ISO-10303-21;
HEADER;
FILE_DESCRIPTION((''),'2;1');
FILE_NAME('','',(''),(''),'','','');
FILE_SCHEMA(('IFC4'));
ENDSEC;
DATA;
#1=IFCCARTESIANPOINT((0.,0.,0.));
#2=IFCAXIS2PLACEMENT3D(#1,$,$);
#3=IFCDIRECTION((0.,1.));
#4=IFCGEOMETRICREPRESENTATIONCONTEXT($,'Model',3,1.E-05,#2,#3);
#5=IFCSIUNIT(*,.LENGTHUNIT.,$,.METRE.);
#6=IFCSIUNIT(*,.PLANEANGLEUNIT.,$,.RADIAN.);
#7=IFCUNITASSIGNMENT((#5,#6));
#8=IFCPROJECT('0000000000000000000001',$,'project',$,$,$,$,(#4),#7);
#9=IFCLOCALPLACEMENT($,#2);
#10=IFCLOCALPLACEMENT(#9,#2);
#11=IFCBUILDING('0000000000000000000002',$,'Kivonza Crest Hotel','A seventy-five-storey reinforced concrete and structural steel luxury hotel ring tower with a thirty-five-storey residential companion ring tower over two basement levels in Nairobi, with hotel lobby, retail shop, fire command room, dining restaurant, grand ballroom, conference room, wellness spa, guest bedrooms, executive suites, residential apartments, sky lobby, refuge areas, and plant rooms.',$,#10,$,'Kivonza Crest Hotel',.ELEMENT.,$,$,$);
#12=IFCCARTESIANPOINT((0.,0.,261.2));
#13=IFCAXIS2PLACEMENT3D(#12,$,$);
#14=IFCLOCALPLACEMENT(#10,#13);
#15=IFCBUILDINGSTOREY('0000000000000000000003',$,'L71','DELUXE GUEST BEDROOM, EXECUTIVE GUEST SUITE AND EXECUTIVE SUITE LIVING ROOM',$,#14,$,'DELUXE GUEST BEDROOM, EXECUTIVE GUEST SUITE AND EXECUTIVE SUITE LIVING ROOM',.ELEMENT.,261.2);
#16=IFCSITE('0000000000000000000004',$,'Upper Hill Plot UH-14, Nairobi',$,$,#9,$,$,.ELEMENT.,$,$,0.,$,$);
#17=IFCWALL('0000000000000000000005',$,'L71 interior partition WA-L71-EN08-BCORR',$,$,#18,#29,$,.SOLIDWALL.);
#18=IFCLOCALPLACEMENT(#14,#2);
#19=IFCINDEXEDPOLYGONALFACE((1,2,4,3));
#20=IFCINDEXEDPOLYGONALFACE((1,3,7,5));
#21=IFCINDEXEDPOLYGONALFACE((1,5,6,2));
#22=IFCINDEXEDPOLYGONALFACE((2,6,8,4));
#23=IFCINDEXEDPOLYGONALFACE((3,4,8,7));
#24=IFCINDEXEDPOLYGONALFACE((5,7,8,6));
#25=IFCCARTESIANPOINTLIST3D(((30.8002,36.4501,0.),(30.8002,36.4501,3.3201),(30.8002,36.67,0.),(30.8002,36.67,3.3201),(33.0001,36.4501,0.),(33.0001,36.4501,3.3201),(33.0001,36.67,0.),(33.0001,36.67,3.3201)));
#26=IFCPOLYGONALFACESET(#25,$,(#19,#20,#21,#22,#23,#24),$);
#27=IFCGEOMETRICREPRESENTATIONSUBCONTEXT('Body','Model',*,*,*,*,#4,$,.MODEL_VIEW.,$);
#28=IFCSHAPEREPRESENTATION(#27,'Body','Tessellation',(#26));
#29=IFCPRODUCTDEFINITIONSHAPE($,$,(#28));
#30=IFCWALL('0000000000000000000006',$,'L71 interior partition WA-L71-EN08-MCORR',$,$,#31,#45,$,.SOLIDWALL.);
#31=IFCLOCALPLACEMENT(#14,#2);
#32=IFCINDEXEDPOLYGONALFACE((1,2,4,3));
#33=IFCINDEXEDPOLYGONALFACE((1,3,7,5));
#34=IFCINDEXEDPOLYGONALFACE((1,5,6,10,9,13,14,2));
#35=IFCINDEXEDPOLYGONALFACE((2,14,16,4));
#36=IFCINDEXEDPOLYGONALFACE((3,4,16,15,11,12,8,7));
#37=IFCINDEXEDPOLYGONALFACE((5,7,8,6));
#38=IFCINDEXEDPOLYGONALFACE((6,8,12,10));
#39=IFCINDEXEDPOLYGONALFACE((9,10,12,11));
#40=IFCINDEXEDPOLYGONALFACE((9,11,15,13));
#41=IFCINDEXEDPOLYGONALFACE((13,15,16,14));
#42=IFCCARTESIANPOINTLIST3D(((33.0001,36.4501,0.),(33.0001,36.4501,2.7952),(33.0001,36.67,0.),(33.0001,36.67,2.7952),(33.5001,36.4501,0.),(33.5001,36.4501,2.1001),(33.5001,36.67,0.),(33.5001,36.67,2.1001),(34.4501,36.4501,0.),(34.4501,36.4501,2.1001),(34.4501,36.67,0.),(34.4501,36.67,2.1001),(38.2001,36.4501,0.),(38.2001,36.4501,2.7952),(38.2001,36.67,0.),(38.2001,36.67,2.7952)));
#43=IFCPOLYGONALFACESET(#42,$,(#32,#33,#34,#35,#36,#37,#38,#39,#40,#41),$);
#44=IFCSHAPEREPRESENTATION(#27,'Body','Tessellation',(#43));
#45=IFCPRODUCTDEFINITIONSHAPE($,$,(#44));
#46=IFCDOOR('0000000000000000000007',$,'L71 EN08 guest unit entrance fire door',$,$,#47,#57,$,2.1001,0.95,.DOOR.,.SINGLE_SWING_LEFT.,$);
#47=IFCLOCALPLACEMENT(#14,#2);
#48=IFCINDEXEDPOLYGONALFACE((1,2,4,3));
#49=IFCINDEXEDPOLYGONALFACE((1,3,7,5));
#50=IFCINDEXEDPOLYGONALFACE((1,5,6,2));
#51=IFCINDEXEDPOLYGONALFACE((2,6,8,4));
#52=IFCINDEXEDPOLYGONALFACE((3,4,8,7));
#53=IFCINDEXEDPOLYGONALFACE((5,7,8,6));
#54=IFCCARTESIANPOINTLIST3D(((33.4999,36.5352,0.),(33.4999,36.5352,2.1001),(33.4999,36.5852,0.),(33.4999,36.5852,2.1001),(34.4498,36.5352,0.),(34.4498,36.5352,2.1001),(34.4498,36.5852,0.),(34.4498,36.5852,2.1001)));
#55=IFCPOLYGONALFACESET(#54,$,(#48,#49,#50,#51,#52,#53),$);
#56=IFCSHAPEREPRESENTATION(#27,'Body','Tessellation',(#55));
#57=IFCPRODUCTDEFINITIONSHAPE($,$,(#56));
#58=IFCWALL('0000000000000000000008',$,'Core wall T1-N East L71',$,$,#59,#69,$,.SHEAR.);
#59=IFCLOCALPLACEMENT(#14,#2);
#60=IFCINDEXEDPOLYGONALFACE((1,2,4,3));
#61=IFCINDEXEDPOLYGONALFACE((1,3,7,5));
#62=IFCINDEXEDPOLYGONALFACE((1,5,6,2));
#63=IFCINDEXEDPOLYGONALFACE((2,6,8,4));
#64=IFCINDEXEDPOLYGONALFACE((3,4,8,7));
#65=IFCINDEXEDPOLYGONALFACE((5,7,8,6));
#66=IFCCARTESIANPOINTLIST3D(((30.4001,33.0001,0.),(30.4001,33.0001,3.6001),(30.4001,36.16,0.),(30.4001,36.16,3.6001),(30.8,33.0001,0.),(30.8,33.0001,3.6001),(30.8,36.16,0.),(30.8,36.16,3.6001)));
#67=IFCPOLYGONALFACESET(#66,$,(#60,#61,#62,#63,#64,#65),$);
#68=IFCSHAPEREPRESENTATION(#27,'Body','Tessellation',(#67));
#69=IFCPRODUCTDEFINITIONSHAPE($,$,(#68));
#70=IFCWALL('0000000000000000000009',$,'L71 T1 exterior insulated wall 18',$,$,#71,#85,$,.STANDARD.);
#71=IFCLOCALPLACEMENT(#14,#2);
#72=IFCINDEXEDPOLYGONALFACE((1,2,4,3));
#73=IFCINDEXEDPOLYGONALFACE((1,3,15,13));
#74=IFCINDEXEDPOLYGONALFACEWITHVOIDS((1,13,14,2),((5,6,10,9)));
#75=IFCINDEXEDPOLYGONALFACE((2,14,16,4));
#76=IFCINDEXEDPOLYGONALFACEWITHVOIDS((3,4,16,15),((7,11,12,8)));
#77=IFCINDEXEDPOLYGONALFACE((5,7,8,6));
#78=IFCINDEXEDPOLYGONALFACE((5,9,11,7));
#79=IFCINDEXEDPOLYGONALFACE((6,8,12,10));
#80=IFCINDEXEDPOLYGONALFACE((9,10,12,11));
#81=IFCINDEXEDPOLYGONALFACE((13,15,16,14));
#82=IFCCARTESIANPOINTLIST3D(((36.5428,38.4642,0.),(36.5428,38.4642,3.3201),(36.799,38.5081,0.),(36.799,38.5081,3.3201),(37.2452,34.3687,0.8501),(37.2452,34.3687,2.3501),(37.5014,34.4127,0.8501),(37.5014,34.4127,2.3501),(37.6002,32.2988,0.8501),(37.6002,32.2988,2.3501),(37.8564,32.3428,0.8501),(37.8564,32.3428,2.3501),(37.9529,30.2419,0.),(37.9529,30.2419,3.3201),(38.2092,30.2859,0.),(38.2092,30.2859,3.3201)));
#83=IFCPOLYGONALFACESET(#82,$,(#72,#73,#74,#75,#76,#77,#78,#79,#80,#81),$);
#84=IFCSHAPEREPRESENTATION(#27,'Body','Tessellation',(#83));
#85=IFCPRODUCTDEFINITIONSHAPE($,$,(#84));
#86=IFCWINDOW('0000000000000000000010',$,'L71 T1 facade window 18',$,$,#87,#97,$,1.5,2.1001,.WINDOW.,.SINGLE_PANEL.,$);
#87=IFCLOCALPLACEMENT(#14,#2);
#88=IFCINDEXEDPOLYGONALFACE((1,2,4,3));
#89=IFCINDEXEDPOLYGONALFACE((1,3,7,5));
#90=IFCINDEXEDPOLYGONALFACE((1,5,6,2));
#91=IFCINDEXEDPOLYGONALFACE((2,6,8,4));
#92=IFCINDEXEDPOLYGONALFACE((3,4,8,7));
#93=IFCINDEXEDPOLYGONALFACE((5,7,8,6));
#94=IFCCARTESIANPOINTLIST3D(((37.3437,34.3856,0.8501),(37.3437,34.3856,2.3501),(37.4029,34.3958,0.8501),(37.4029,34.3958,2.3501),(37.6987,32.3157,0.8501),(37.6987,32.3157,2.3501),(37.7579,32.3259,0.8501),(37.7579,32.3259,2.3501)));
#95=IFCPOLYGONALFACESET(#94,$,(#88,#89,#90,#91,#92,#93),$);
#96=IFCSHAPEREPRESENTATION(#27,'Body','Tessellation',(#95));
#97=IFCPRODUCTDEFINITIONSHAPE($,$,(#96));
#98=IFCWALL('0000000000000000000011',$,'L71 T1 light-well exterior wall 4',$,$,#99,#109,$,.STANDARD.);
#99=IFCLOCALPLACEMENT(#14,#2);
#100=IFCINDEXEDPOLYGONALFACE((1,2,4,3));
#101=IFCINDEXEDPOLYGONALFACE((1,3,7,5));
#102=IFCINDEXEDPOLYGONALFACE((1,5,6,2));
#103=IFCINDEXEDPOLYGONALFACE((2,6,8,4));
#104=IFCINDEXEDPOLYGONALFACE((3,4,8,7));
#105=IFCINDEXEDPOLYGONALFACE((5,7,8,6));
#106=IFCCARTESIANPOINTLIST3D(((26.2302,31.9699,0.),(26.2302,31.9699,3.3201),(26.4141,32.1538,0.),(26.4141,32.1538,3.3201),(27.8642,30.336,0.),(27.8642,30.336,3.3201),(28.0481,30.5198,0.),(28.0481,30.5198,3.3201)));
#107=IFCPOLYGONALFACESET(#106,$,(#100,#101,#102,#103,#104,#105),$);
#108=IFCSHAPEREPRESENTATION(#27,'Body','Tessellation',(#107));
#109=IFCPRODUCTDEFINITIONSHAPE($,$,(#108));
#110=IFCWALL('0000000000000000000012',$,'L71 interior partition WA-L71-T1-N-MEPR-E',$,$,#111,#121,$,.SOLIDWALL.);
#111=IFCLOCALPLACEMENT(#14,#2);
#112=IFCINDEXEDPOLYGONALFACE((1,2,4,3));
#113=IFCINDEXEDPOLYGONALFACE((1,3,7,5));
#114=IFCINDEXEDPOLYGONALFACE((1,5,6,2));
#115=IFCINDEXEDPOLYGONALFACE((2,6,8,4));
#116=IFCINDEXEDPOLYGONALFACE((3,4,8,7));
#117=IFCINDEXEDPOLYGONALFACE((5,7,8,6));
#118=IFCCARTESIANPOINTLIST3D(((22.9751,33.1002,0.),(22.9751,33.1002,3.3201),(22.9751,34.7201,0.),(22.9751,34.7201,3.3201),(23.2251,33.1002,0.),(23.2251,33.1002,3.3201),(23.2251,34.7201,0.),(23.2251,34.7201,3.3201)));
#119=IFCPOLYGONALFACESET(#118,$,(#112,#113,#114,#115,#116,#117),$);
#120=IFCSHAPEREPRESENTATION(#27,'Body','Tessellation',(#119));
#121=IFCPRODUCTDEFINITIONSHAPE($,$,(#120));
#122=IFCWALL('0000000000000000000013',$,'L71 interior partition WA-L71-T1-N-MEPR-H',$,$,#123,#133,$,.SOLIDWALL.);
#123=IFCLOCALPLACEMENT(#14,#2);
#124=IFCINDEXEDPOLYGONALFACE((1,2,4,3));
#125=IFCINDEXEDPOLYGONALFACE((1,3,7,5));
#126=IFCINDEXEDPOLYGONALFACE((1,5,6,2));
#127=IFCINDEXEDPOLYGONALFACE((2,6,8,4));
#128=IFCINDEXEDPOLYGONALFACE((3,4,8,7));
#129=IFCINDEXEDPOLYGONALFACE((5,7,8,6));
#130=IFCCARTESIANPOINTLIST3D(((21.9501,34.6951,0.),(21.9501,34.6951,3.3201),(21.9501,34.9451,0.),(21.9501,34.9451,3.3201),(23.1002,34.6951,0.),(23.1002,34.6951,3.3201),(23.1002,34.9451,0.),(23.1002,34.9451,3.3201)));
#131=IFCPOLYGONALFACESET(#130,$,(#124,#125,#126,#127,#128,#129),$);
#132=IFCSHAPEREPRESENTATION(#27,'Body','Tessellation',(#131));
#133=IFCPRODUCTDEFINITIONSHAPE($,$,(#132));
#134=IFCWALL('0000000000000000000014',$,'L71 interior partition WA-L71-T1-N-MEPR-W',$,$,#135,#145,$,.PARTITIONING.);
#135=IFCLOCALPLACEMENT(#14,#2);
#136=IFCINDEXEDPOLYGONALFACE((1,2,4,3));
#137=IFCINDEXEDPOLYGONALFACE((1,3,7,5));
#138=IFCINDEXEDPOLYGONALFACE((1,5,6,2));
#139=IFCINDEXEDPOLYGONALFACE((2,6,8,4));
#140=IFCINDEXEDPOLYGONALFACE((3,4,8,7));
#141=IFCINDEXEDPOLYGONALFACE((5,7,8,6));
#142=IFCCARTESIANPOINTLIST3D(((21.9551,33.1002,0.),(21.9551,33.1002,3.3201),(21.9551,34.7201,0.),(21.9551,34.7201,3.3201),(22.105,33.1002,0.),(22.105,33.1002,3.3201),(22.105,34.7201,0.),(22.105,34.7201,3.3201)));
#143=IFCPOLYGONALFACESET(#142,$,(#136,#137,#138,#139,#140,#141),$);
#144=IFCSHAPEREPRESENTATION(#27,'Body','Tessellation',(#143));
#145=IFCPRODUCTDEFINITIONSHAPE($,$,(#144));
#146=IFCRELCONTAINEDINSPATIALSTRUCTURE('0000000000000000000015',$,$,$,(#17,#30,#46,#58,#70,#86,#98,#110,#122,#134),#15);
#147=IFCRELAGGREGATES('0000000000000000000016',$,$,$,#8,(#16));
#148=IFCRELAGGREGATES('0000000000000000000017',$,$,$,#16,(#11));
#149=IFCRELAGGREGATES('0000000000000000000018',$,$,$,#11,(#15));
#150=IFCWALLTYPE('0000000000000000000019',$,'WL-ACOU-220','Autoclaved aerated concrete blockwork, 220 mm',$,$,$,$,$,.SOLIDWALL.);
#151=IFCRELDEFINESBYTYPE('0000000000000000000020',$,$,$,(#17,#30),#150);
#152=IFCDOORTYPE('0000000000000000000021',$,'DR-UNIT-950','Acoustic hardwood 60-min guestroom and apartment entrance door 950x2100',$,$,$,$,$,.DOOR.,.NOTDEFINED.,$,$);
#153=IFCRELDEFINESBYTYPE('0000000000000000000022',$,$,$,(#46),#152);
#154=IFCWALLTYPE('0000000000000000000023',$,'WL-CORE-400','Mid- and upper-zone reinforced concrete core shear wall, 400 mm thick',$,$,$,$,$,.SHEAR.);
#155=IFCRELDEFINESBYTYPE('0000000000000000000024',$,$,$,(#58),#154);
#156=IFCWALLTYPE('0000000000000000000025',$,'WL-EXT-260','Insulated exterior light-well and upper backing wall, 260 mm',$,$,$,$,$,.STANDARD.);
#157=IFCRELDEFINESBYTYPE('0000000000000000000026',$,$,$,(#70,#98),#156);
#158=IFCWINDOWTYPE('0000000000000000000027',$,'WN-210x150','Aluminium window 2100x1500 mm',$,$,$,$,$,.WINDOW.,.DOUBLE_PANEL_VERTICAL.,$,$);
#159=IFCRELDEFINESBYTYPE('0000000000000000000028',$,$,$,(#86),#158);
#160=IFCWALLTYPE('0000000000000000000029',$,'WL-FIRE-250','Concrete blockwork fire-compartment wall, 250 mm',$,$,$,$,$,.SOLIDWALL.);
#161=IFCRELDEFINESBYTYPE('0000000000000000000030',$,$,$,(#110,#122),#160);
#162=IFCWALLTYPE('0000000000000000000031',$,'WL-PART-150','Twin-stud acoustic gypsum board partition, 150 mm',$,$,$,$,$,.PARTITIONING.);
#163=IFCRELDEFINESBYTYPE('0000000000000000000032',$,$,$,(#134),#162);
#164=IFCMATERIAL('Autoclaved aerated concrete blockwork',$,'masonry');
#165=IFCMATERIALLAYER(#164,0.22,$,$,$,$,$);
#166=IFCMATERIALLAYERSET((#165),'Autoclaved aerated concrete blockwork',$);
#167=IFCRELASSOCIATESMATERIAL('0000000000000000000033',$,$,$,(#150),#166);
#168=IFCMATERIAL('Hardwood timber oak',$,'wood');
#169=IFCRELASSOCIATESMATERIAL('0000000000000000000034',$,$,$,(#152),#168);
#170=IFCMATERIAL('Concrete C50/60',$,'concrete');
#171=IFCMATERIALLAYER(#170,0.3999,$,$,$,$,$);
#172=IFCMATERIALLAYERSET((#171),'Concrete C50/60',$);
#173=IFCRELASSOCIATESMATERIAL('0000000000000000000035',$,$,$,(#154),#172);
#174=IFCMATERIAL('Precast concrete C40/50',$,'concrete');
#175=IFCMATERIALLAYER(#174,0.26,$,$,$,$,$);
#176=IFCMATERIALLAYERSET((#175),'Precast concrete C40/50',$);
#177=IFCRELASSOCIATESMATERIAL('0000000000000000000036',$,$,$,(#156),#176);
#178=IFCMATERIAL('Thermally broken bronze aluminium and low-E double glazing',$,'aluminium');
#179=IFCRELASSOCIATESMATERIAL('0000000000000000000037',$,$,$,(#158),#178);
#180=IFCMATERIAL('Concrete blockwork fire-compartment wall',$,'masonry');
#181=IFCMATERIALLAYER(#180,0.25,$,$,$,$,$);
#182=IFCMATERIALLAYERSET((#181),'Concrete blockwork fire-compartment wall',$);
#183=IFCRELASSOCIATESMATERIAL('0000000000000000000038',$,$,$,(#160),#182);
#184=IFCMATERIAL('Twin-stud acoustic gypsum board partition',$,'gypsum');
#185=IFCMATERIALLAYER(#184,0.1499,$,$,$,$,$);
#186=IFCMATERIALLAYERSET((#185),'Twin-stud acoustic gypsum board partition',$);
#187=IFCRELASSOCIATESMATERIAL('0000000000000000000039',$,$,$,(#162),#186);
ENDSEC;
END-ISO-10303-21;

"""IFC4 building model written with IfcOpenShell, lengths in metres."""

from ifc_helpers import new_model, si_unit, direction, frame, frame_2d, origin, place, context, subcontext, project, spatial, rectangle, extrude, material, layer, layer_set, type_object, element, fill, save


model = new_model("IFC4")

# Units and contexts
model_context = context("Model", 3, precision=1e-05, world=origin(), true_north=direction((0.0, 1.0)))
body_context = subcontext(model_context, "Body", "Model", "MODEL_VIEW")
ifc_project = project(units=[si_unit("LENGTHUNIT", "METRE"), si_unit("PLANEANGLEUNIT", "RADIAN")], contexts=[model_context])

# Site, building, storey
site_placement = place(None, origin())
site = spatial("IfcSite", under=ifc_project, at=site_placement, Name="Upper Hill Plot UH-14, Nairobi", CompositionType="ELEMENT", RefElevation=0.0)
building_placement = place(site_placement, origin())
building = spatial("IfcBuilding", under=site, at=building_placement, Name="Kivonza Crest Hotel", Description="A seventy-five-storey reinforced concrete and structural steel luxury hotel ring tower with a thirty-five-storey residential companion ring tower over two basement levels in Nairobi, with hotel lobby, retail shop, fire command room, dining restaurant, grand ballroom, conference room, wellness spa, guest bedrooms, executive suites, residential apartments, sky lobby, refuge areas, and plant rooms.", LongName="Kivonza Crest Hotel", CompositionType="ELEMENT")
storey_placement = place(building_placement, frame((0.0, 0.0, 261.2)))
storey = spatial("IfcBuildingStorey", under=building, at=storey_placement, Name="L71", Description="DELUXE GUEST BEDROOM, EXECUTIVE GUEST SUITE AND EXECUTIVE SUITE LIVING ROOM", LongName="DELUXE GUEST BEDROOM, EXECUTIVE GUEST SUITE AND EXECUTIVE SUITE LIVING ROOM", CompositionType="ELEMENT", Elevation=261.2)

# Shared definitions
ifc_material_1 = material(Name="Concrete C50/60", Category="concrete")

# Wall
ifc_material_2 = material(Name="Autoclaved aerated concrete blockwork", Category="masonry")
ifc_layer_1 = layer(ifc_material_2, 0.22)
ifc_layer_set_1 = layer_set([ifc_layer_1], Name="Autoclaved aerated concrete blockwork")
wall_type_1 = type_object("IfcWallType", Name="WL-ACOU-220", Description="Autoclaved aerated concrete blockwork, 220 mm", PredefinedType="SOLIDWALL", material=ifc_layer_set_1)
wall_1_placement = place(storey_placement, frame((30.8, 36.5601, 0.0), z_axis=(0.0, 0.0, 1.0), x_axis=(1.0, 0.0, 0.0)))
element("IfcWall", 1, at=wall_1_placement, inside=storey, type_object=wall_type_1, Name="L71 interior partition WA-L71-EN08-BCORR", PredefinedType="SOLIDWALL", context=body_context, shape_type="SweptSolid", body=[
    extrude(rectangle(XDim=2.2, YDim=0.22, at=frame_2d((1.1001, 0.0))), origin(), (0.0, 0.0, 1.0), 3.3201),
])

# Wall, opening, door
wall_2_placement = place(storey_placement, frame((33.0, 36.5601, 0.0), z_axis=(0.0, 0.0, 1.0), x_axis=(1.0, 0.0, 0.0)))
wall_2 = element("IfcWall", 2, at=wall_2_placement, inside=storey, type_object=wall_type_1, Name="L71 interior partition WA-L71-EN08-MCORR", PredefinedType="SOLIDWALL", context=body_context, shape_type="SweptSolid", body=[
    extrude(rectangle(XDim=5.2, YDim=0.22, at=frame_2d((2.6001, 0.0))), origin(), (0.0, 0.0, 1.0), 2.7952),
])
opening_1_placement = place(wall_2_placement, frame((0.5, 0.0, 0.0)))
opening_1 = element("IfcOpeningElement", 3, at=opening_1_placement, cuts=wall_2, PredefinedType="OPENING", context=body_context, shape_type="SweptSolid", body=[
    extrude(rectangle(XDim=0.95, YDim=2.1001, at=frame_2d((0.4751, 1.05))), frame((0.0, 0.1201, 0.0), z_axis=(0.0, -1.0, 0.0), x_axis=(1.0, 0.0, 0.0)), (0.0, 0.0, 1.0), 0.24),
])
ifc_material_3 = material(Name="Hardwood timber oak", Category="wood")
door_type_1 = type_object("IfcDoorType", Name="DR-UNIT-950", Description="Acoustic hardwood 60-min guestroom and apartment entrance door 950x2100", OperationType="NOTDEFINED", PredefinedType="DOOR", material=ifc_material_3)
door_1_placement = place(opening_1_placement, frame((0.95, 0.0, 0.0), z_axis=(0.0, 0.0, 1.0), x_axis=(-1.0, 0.0, 0.0)))
door_1 = element("IfcDoor", 4, at=door_1_placement, inside=storey, type_object=door_type_1, Name="L71 EN08 guest unit entrance fire door", OperationType="SINGLE_SWING_LEFT", OverallHeight=2.1001, OverallWidth=0.95, PredefinedType="DOOR", context=body_context, shape_type="SweptSolid", body=[
    extrude(rectangle(XDim=0.95, YDim=2.1001, at=frame_2d((0.4751, 1.05))), frame((0.0, 0.0249, 0.0), z_axis=(0.0, -1.0, 0.0), x_axis=(1.0, 0.0, 0.0)), (0.0, 0.0, 1.0), 0.05),
])
fill(opening_1, door_1)

# Wall
ifc_layer_2 = layer(ifc_material_1, 0.3999)
ifc_layer_set_2 = layer_set([ifc_layer_2], Name="Concrete C50/60")
wall_type_2 = type_object("IfcWallType", Name="WL-CORE-400", Description="Mid- and upper-zone reinforced concrete core shear wall, 400 mm thick", PredefinedType="SHEAR", material=ifc_layer_set_2)
wall_3_placement = place(storey_placement, frame((30.6001, 33.0, 0.0), z_axis=(0.0, 0.0, 1.0), x_axis=(0.0, 1.0, 0.0)))
element("IfcWall", 5, at=wall_3_placement, inside=storey, type_object=wall_type_2, Name="Core wall T1-N East L71", PredefinedType="SHEAR", context=body_context, shape_type="SweptSolid", body=[
    extrude(rectangle(XDim=3.1599, YDim=0.3999, at=frame_2d((1.5801, 0.0))), origin(), (0.0, 0.0, 1.0), 3.6001),
])

# Wall, opening, window
ifc_material_4 = material(Name="Precast concrete C40/50", Category="concrete")
ifc_layer_3 = layer(ifc_material_4, 0.26)
ifc_layer_set_3 = layer_set([ifc_layer_3], Name="Precast concrete C40/50")
wall_type_3 = type_object("IfcWallType", Name="WL-EXT-260", Description="Insulated exterior light-well and upper backing wall, 260 mm", PredefinedType="STANDARD", material=ifc_layer_set_3)
wall_4_placement = place(storey_placement, frame((38.0811, 30.2639, 0.0), z_axis=(0.0, 0.0, 1.0), x_axis=(-0.169039, 0.985609, 0.0)))
wall_4 = element("IfcWall", 6, at=wall_4_placement, inside=storey, type_object=wall_type_3, Name="L71 T1 exterior insulated wall 18", PredefinedType="STANDARD", context=body_context, shape_type="SweptSolid", body=[
    extrude(rectangle(XDim=8.3423, YDim=0.26, at=frame_2d((4.1711, 0.0))), origin(), (0.0, 0.0, 1.0), 3.3201),
])
opening_2_placement = place(wall_4_placement, frame((2.0869, 0.0, 0.8501)))
opening_2 = element("IfcOpeningElement", 7, at=opening_2_placement, cuts=wall_4, PredefinedType="OPENING", context=body_context, shape_type="SweptSolid", body=[
    extrude(rectangle(XDim=2.1001, YDim=1.5, at=frame_2d((1.05, 0.75))), frame((0.0, 0.1401, 0.0), z_axis=(0.0, -1.0, 0.0), x_axis=(1.0, 0.0, 0.0)), (0.0, 0.0, 1.0), 0.28),
])
ifc_material_5 = material(Name="Thermally broken bronze aluminium and low-E double glazing", Category="aluminium")
window_type = type_object("IfcWindowType", Name="WN-210x150", Description="Aluminium window 2100x1500 mm", PartitioningType="DOUBLE_PANEL_VERTICAL", PredefinedType="WINDOW", material=ifc_material_5)
window_placement = place(opening_2_placement, origin())
window = element("IfcWindow", 8, at=window_placement, inside=storey, type_object=window_type, Name="L71 T1 facade window 18", OverallHeight=1.5, OverallWidth=2.1001, PartitioningType="SINGLE_PANEL", PredefinedType="WINDOW", context=body_context, shape_type="SweptSolid", body=[
    extrude(rectangle(XDim=2.1001, YDim=1.5, at=frame_2d((1.05, 0.75))), frame((0.0, 0.03, 0.0), z_axis=(0.0, -1.0, 0.0), x_axis=(1.0, 0.0, 0.0)), (0.0, 0.0, 1.0), 0.0601),
])
fill(opening_2, window)

# Walls
wall_5_placement = place(storey_placement, frame((27.9561, 30.428, 0.0), z_axis=(0.0, 0.0, 1.0), x_axis=(-0.707107, 0.707107, 0.0)))
element("IfcWall", 9, at=wall_5_placement, inside=storey, type_object=wall_type_3, Name="L71 T1 light-well exterior wall 4", PredefinedType="STANDARD", context=body_context, shape_type="SweptSolid", body=[
    extrude(rectangle(XDim=2.3108, YDim=0.26, at=frame_2d((1.1553, 0.0))), origin(), (0.0, 0.0, 1.0), 3.3201),
])
ifc_material_6 = material(Name="Concrete blockwork fire-compartment wall", Category="masonry")
ifc_layer_4 = layer(ifc_material_6, 0.25)
ifc_layer_set_4 = layer_set([ifc_layer_4], Name="Concrete blockwork fire-compartment wall")
wall_type_4 = type_object("IfcWallType", Name="WL-FIRE-250", Description="Concrete blockwork fire-compartment wall, 250 mm", PredefinedType="SOLIDWALL", material=ifc_layer_set_4)
wall_6_placement = place(storey_placement, frame((23.1001, 33.1001, 0.0), z_axis=(0.0, 0.0, 1.0), x_axis=(0.0, 1.0, 0.0)))
element("IfcWall", 10, at=wall_6_placement, inside=storey, type_object=wall_type_4, Name="L71 interior partition WA-L71-T1-N-MEPR-E", PredefinedType="SOLIDWALL", context=body_context, shape_type="SweptSolid", body=[
    extrude(rectangle(XDim=1.6199, YDim=0.25, at=frame_2d((0.8101, 0.0))), origin(), (0.0, 0.0, 1.0), 3.3201),
])
wall_7_placement = place(storey_placement, frame((21.95, 34.8201, 0.0), z_axis=(0.0, 0.0, 1.0), x_axis=(1.0, 0.0, 0.0)))
element("IfcWall", 11, at=wall_7_placement, inside=storey, type_object=wall_type_4, Name="L71 interior partition WA-L71-T1-N-MEPR-H", PredefinedType="SOLIDWALL", context=body_context, shape_type="SweptSolid", body=[
    extrude(rectangle(XDim=1.1501, YDim=0.25, at=frame_2d((0.5752, 0.0))), origin(), (0.0, 0.0, 1.0), 3.3201),
])
ifc_material_7 = material(Name="Twin-stud acoustic gypsum board partition", Category="gypsum")
ifc_layer_5 = layer(ifc_material_7, 0.1499)
ifc_layer_set_5 = layer_set([ifc_layer_5], Name="Twin-stud acoustic gypsum board partition")
wall_type_5 = type_object("IfcWallType", Name="WL-PART-150", Description="Twin-stud acoustic gypsum board partition, 150 mm", PredefinedType="PARTITIONING", material=ifc_layer_set_5)
wall_8_placement = place(storey_placement, frame((22.03, 33.1001, 0.0), z_axis=(0.0, 0.0, 1.0), x_axis=(0.0, 1.0, 0.0)))
element("IfcWall", 12, at=wall_8_placement, inside=storey, type_object=wall_type_5, Name="L71 interior partition WA-L71-T1-N-MEPR-W", PredefinedType="PARTITIONING", context=body_context, shape_type="SweptSolid", body=[
    extrude(rectangle(XDim=1.6199, YDim=0.1499, at=frame_2d((0.8101, 0.0))), origin(), (0.0, 0.0, 1.0), 3.3201),
])

save(model, "model.ifc")
